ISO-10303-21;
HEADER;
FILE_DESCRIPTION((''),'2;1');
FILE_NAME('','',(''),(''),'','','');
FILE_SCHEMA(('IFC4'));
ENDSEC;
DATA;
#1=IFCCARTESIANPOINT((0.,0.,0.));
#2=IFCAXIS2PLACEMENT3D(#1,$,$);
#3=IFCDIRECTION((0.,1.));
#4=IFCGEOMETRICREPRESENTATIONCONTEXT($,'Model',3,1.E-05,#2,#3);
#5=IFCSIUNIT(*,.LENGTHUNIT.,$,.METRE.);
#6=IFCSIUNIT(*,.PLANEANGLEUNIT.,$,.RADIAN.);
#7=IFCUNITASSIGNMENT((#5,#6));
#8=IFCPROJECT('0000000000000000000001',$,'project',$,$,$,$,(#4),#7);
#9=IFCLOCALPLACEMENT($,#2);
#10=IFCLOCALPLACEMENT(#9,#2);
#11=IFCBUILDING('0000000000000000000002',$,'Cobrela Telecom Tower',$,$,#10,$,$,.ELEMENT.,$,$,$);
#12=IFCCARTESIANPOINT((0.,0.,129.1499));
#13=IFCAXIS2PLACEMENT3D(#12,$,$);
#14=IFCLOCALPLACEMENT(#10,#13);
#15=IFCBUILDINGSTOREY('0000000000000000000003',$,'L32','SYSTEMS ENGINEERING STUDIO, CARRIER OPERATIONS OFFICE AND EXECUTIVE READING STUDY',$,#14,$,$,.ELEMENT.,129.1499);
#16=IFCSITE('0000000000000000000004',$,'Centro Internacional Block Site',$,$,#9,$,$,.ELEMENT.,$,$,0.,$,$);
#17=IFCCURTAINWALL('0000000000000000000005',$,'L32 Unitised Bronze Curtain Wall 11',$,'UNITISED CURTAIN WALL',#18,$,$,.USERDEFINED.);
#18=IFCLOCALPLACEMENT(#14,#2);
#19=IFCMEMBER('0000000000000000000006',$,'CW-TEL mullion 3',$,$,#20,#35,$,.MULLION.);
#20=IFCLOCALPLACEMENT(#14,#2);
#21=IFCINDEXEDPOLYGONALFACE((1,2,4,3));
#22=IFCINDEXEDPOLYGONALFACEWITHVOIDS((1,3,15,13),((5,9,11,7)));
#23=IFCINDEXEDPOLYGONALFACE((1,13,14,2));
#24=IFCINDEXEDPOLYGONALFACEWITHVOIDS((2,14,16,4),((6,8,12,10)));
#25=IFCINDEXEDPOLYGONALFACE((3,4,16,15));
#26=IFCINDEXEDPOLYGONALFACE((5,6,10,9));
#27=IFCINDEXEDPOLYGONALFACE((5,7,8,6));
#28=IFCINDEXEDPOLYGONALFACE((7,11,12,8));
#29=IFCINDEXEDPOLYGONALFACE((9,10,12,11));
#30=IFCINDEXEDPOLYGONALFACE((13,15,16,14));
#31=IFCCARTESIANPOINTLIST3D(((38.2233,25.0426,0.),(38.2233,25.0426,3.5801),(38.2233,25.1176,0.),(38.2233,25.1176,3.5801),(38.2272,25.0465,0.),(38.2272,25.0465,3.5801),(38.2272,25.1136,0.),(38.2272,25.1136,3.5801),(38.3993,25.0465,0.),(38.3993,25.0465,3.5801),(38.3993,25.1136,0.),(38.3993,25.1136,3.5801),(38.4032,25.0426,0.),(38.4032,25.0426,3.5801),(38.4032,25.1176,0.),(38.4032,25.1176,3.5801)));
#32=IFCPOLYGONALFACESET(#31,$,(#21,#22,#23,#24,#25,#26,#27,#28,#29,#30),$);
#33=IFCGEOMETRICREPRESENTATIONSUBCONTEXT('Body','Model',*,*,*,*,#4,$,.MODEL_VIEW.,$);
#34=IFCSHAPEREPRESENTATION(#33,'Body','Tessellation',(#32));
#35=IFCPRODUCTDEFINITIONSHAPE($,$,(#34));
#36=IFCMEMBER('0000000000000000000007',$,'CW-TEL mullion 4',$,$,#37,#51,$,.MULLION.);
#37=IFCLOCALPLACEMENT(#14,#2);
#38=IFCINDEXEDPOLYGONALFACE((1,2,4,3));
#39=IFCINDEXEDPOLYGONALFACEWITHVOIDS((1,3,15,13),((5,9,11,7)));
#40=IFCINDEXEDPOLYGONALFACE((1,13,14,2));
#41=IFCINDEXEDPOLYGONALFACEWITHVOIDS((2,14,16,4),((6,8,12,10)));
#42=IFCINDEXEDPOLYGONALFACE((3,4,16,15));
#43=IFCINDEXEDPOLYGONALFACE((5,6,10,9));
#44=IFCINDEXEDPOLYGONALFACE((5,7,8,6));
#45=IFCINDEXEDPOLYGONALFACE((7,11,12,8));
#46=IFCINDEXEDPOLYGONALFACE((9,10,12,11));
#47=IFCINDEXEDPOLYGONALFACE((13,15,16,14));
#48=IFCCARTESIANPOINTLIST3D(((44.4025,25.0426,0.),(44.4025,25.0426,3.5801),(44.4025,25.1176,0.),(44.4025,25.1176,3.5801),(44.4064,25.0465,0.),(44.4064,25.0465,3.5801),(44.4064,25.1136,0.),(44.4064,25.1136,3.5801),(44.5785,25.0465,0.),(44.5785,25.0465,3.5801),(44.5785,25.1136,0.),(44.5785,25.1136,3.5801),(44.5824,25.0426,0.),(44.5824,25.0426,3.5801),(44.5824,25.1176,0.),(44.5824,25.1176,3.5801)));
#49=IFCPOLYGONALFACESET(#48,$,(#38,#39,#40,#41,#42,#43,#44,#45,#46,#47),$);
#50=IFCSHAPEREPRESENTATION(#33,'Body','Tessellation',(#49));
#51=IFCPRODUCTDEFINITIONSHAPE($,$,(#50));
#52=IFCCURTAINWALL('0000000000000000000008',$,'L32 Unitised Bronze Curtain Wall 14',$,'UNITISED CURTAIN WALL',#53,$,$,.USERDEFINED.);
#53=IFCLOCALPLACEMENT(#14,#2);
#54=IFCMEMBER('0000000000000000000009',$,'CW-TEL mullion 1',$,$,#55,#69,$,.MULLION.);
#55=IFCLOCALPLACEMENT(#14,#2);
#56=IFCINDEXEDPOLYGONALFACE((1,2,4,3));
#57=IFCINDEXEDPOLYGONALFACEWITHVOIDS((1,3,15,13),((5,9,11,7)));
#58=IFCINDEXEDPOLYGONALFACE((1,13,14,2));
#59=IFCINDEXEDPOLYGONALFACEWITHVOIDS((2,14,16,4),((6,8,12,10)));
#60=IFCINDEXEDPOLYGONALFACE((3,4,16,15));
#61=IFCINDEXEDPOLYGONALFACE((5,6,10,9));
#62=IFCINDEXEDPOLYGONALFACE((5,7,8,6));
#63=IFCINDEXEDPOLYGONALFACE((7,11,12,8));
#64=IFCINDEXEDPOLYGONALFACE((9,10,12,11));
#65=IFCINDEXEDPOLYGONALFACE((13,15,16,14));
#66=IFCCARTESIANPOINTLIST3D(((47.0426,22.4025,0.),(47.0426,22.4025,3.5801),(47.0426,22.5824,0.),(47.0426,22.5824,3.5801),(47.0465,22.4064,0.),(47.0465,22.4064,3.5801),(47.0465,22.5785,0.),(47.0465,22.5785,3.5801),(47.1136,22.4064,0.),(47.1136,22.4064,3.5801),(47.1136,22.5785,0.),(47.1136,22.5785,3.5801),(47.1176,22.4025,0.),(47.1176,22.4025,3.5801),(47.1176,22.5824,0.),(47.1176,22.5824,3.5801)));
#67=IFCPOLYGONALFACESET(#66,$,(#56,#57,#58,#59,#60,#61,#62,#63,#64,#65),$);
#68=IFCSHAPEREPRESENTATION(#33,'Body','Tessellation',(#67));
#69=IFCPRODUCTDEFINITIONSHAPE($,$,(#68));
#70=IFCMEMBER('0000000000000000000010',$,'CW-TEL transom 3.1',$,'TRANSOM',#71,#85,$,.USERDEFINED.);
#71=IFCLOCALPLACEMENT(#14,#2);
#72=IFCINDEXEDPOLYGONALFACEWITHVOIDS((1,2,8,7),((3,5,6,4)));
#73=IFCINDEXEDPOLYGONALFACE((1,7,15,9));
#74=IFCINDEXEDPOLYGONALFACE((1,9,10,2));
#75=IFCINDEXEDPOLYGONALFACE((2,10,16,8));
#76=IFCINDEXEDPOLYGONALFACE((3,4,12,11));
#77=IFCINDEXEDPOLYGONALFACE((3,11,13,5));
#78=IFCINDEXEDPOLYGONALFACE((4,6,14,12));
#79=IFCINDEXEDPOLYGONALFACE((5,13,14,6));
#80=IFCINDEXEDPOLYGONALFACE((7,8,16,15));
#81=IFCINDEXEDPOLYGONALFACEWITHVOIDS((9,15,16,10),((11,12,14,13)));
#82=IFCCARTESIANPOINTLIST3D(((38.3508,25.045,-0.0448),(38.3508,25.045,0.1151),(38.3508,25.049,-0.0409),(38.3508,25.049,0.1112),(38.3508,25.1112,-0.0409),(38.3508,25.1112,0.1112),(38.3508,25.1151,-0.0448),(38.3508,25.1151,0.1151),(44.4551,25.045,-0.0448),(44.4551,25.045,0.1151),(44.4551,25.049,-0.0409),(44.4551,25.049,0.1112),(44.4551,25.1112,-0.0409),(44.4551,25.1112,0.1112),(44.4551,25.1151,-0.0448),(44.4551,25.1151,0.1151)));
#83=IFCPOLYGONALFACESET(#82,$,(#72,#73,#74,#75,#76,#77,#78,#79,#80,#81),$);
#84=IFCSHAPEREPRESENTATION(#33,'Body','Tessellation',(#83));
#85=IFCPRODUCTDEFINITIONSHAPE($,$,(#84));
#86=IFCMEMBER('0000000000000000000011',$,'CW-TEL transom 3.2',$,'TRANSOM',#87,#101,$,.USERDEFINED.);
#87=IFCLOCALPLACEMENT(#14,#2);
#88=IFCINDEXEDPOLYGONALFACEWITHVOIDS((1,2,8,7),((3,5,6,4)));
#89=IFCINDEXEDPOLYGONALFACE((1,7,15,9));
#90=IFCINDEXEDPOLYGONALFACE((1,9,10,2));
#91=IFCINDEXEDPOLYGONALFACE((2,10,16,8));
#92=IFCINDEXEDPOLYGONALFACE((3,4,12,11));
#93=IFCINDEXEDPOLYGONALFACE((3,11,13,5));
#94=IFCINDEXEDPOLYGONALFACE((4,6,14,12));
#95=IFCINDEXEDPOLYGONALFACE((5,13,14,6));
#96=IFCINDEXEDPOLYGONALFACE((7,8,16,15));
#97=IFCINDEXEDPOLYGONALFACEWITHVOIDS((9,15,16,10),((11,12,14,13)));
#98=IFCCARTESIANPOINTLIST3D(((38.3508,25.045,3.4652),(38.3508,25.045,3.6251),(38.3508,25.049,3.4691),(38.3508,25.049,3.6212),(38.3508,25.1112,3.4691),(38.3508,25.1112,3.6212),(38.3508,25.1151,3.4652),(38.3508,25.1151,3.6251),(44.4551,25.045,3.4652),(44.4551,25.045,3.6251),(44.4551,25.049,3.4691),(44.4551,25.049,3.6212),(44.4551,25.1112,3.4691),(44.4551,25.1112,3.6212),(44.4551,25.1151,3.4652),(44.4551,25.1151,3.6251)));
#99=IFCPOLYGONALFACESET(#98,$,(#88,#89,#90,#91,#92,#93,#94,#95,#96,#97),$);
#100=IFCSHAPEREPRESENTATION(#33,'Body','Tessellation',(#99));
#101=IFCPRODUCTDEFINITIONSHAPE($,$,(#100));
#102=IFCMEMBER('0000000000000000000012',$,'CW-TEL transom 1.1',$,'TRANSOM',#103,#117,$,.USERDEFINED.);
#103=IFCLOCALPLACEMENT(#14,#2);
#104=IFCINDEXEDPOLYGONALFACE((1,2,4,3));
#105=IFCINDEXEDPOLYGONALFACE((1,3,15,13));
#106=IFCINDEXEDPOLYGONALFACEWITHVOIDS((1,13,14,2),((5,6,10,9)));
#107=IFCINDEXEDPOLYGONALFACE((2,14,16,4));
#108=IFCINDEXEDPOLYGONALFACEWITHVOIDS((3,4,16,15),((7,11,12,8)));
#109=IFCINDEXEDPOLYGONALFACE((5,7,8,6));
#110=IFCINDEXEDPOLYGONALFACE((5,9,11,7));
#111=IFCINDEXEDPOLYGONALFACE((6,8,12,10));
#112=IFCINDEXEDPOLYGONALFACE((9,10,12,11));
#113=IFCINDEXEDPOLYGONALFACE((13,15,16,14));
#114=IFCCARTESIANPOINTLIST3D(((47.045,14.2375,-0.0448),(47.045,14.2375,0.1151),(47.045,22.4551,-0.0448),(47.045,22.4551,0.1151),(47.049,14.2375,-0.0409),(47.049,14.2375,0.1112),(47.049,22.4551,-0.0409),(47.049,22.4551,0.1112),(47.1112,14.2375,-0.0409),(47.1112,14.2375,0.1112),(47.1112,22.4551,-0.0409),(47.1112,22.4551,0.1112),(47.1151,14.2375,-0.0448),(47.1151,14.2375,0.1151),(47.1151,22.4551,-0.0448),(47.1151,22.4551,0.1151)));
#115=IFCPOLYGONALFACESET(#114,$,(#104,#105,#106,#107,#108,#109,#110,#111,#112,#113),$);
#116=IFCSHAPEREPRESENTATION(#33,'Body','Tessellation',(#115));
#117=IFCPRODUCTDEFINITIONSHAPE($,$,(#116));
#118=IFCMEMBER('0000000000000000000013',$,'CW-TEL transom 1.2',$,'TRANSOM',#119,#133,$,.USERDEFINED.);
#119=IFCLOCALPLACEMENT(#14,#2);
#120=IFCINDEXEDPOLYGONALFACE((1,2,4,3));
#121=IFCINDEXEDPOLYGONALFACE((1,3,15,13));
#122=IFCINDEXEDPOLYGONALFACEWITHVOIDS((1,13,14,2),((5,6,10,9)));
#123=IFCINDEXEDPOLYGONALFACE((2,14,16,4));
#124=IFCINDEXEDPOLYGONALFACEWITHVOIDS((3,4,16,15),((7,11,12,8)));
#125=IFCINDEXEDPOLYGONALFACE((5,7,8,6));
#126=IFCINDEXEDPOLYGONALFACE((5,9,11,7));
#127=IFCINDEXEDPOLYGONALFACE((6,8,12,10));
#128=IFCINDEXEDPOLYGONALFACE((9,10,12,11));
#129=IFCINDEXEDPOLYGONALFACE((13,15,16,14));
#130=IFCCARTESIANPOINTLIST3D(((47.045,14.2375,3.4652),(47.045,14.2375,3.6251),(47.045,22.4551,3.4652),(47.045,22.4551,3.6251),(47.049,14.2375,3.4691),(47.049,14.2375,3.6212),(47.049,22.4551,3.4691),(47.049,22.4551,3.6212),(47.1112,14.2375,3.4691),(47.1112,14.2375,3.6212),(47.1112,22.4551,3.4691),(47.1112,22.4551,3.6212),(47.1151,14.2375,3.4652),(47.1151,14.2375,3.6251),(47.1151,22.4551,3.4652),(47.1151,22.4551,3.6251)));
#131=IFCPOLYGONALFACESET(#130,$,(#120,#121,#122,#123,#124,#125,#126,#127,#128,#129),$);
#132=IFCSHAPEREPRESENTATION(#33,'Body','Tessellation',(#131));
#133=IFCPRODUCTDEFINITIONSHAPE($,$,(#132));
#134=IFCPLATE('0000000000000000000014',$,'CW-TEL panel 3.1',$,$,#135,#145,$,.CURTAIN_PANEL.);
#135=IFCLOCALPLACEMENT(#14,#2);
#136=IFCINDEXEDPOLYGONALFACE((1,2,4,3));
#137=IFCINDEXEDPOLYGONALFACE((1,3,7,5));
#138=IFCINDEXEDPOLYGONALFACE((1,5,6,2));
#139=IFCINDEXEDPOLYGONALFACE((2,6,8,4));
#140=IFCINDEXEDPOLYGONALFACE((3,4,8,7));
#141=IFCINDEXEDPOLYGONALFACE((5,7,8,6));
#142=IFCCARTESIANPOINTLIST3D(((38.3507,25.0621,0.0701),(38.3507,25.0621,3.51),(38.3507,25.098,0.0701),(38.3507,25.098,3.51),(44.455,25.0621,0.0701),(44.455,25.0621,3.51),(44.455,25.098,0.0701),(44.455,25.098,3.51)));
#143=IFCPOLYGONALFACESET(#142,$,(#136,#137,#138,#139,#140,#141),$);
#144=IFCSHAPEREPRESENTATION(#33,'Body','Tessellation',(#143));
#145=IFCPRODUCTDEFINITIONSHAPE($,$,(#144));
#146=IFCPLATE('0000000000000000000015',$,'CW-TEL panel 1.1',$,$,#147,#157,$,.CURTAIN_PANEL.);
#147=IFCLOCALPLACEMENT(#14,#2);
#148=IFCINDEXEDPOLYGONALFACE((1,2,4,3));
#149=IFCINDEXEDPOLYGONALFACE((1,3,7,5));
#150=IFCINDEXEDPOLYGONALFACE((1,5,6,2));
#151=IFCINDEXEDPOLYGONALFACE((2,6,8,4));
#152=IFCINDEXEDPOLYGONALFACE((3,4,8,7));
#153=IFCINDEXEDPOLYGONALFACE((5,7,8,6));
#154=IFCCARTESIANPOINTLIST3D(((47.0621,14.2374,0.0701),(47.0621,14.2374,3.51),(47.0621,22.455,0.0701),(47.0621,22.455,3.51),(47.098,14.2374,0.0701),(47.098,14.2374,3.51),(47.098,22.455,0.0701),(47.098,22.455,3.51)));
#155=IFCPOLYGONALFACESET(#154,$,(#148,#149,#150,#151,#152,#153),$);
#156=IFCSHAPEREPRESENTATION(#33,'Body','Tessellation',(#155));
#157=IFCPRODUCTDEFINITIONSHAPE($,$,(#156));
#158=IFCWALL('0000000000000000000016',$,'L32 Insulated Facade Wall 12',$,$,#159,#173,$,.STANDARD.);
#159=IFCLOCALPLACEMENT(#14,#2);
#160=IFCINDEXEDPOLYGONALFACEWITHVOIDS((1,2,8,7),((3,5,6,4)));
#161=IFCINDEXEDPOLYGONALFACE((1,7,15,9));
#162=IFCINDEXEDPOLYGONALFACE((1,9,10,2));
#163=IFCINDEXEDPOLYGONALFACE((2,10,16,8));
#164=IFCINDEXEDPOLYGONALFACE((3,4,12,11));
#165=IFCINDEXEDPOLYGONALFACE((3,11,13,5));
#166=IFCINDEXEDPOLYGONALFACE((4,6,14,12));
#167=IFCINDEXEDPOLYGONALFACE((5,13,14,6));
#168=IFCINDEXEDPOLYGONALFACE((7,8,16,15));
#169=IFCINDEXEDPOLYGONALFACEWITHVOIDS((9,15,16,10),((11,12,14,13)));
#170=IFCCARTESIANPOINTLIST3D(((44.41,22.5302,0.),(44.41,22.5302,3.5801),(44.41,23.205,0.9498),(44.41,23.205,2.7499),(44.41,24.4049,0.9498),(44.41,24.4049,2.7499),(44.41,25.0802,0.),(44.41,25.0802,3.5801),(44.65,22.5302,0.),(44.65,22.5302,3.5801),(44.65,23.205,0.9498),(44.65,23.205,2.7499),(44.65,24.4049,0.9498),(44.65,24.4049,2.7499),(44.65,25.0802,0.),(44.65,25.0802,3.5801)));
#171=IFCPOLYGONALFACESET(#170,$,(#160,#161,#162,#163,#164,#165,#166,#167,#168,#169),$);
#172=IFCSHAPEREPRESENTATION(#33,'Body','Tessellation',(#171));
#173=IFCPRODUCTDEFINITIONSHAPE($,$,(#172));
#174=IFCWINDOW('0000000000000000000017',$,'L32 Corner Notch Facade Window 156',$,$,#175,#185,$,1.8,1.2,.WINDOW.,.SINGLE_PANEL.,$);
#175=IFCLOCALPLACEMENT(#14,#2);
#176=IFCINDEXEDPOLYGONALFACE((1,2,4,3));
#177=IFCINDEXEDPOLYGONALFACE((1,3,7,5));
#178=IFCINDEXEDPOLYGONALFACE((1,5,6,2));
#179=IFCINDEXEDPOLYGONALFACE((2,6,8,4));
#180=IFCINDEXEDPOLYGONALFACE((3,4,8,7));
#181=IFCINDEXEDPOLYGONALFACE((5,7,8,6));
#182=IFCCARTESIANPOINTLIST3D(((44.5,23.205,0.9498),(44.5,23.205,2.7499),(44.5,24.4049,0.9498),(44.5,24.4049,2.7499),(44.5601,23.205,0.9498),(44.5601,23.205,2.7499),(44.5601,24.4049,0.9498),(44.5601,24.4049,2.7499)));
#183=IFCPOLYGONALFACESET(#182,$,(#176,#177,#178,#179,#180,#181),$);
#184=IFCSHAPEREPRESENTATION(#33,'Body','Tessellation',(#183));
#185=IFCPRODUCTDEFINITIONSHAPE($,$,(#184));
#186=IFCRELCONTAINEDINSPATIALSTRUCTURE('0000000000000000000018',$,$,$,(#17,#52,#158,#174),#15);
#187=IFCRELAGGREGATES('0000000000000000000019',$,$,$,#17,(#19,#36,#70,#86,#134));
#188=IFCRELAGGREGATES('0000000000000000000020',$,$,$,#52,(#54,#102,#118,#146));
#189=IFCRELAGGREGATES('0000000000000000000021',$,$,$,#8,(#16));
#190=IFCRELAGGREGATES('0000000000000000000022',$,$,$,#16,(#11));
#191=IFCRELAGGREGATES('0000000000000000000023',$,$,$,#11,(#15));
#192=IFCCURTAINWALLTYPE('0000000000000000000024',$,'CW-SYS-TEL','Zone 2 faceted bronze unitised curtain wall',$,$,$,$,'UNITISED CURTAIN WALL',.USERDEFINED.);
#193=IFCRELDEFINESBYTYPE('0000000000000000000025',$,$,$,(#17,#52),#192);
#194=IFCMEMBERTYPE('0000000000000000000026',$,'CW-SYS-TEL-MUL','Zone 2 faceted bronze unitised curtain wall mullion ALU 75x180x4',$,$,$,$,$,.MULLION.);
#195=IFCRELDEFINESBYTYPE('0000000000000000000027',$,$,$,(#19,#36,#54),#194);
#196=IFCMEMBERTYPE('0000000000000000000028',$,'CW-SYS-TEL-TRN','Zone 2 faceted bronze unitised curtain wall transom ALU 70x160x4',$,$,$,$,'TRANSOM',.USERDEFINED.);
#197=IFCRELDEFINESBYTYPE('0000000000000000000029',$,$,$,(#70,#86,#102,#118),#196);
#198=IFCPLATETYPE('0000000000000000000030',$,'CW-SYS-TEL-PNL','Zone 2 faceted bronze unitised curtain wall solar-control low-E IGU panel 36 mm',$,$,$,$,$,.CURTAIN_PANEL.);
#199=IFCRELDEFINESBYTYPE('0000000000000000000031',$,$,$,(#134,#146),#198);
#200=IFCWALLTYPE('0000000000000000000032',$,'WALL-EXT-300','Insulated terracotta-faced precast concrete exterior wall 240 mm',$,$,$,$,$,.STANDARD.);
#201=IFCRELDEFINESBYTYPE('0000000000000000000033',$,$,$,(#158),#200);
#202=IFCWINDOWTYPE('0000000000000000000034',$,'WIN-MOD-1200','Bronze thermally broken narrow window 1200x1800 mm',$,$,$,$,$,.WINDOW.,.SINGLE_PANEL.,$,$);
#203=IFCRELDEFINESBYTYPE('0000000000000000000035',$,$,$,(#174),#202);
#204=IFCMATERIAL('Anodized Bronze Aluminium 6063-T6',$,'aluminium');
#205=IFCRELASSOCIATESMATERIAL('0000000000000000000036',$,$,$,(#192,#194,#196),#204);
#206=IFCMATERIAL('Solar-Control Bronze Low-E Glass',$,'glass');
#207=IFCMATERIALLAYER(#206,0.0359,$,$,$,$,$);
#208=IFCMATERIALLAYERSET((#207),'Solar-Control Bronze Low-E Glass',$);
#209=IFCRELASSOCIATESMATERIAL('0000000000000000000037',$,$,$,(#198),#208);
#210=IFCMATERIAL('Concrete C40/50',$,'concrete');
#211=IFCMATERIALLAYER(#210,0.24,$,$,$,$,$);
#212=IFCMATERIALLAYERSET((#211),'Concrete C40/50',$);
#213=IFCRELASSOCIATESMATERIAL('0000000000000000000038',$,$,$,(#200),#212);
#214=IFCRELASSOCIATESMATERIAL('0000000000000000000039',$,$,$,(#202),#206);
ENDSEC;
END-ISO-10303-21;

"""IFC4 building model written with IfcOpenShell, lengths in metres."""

from ifc_helpers import new_model, si_unit, direction, frame, frame_2d, origin, origin_2d, place, context, subcontext, project, spatial, rectangle, hollow_rectangle, extrude, material, layer, layer_set, material_profile, profile_set, type_object, element, fill, aggregate, save


model = new_model("IFC4")

# Units and contexts
model_context = context("Model", 3, precision=1e-05, world=origin(), true_north=direction((0.0, 1.0)))
body_context = subcontext(model_context, "Body", "Model", "MODEL_VIEW")
ifc_project = project(units=[si_unit("LENGTHUNIT", "METRE"), si_unit("PLANEANGLEUNIT", "RADIAN")], contexts=[model_context])

# Site, building, storey
site_placement = place(None, origin())
site = spatial("IfcSite", under=ifc_project, at=site_placement, Name="Centro Internacional Block Site", CompositionType="ELEMENT", RefElevation=0.0)
building_placement = place(site_placement, origin())
building = spatial("IfcBuilding", under=site, at=building_placement, Name="Cobrela Telecom Tower", CompositionType="ELEMENT")
storey_placement = place(building_placement, frame((0.0, 0.0, 129.1499)))
storey = spatial("IfcBuildingStorey", under=building, at=storey_placement, Name="L32", Description="SYSTEMS ENGINEERING STUDIO, CARRIER OPERATIONS OFFICE AND EXECUTIVE READING STUDY", CompositionType="ELEMENT", Elevation=129.1499)

# Curtain wall, members
ifc_material_1 = material(Name="Anodized Bronze Aluminium 6063-T6", Category="aluminium")
curtain_wall_type = type_object("IfcCurtainWallType", Name="CW-SYS-TEL", Description="Zone 2 faceted bronze unitised curtain wall", ElementType="UNITISED CURTAIN WALL", PredefinedType="USERDEFINED", material=ifc_material_1)
curtain_wall_1_placement = place(storey_placement, origin())
curtain_wall_1 = element("IfcCurtainWall", 1, at=curtain_wall_1_placement, inside=storey, type_object=curtain_wall_type, Name="L32 Unitised Bronze Curtain Wall 11", ObjectType="UNITISED CURTAIN WALL", PredefinedType="USERDEFINED")
ifc_material_profile_1 = material_profile(ifc_material_1, hollow_rectangle(XDim=0.075, YDim=0.1799, WallThickness=0.0039, at=origin_2d()), Name="ALU 75x180x4")
ifc_profile_set_1 = profile_set([ifc_material_profile_1], Name="Anodized Bronze Aluminium 6063-T6")
member_type_1 = type_object("IfcMemberType", Name="CW-SYS-TEL-MUL", Description="Zone 2 faceted bronze unitised curtain wall mullion ALU 75x180x4", PredefinedType="MULLION", material=ifc_profile_set_1)
member_1_placement = place(storey_placement, frame((38.3132, 25.0801, 0.0), z_axis=(0.0, 0.0, 1.0), x_axis=(0.0, 1.0, 0.0)))
member_1 = element("IfcMember", 2, at=member_1_placement, type_object=member_type_1, Name="CW-TEL mullion 3", PredefinedType="MULLION", context=body_context, shape_type="SweptSolid", body=[
    extrude(hollow_rectangle(XDim=0.075, YDim=0.1799, WallThickness=0.0039, at=origin_2d()), origin(), (0.0, 0.0, 1.0), 3.5801),
])
member_2_placement = place(storey_placement, frame((44.4924, 25.0801, 0.0), z_axis=(0.0, 0.0, 1.0), x_axis=(0.0, 1.0, 0.0)))
member_2 = element("IfcMember", 3, at=member_2_placement, type_object=member_type_1, Name="CW-TEL mullion 4", PredefinedType="MULLION", context=body_context, shape_type="SweptSolid", body=[
    extrude(hollow_rectangle(XDim=0.075, YDim=0.1799, WallThickness=0.0039, at=origin_2d()), origin(), (0.0, 0.0, 1.0), 3.5801),
])

# Curtain wall, member
curtain_wall_2_placement = place(storey_placement, origin())
curtain_wall_2 = element("IfcCurtainWall", 4, at=curtain_wall_2_placement, inside=storey, type_object=curtain_wall_type, Name="L32 Unitised Bronze Curtain Wall 14", ObjectType="UNITISED CURTAIN WALL", PredefinedType="USERDEFINED")
member_3_placement = place(storey_placement, frame((47.0801, 22.4924, 0.0), z_axis=(0.0, 0.0, 1.0), x_axis=(1.0, 0.0, 0.0)))
member_3 = element("IfcMember", 5, at=member_3_placement, type_object=member_type_1, Name="CW-TEL mullion 1", PredefinedType="MULLION", context=body_context, shape_type="SweptSolid", body=[
    extrude(hollow_rectangle(XDim=0.075, YDim=0.1799, WallThickness=0.0039, at=origin_2d()), origin(), (0.0, 0.0, 1.0), 3.5801),
])

# Members
ifc_material_profile_2 = material_profile(ifc_material_1, hollow_rectangle(XDim=0.0701, YDim=0.1599, WallThickness=0.0039, at=origin_2d()), Name="ALU 70x160x4")
ifc_profile_set_2 = profile_set([ifc_material_profile_2], Name="Anodized Bronze Aluminium 6063-T6")
member_type_2 = type_object("IfcMemberType", Name="CW-SYS-TEL-TRN", Description="Zone 2 faceted bronze unitised curtain wall transom ALU 70x160x4", ElementType="TRANSOM", PredefinedType="USERDEFINED", material=ifc_profile_set_2)
member_4_placement = place(storey_placement, frame((38.3508, 25.0801, 0.0352), z_axis=(1.0, 0.0, 0.0), x_axis=(0.0, 1.0, 0.0)))
member_4 = element("IfcMember", 6, at=member_4_placement, type_object=member_type_2, Name="CW-TEL transom 3.1", ObjectType="TRANSOM", PredefinedType="USERDEFINED", context=body_context, shape_type="SweptSolid", body=[
    extrude(hollow_rectangle(XDim=0.0701, YDim=0.1599, WallThickness=0.0039, at=origin_2d()), origin(), (0.0, 0.0, 1.0), 6.1042),
])
member_5_placement = place(storey_placement, frame((38.3508, 25.0801, 3.5452), z_axis=(1.0, 0.0, 0.0), x_axis=(0.0, 1.0, 0.0)))
member_5 = element("IfcMember", 7, at=member_5_placement, type_object=member_type_2, Name="CW-TEL transom 3.2", ObjectType="TRANSOM", PredefinedType="USERDEFINED", context=body_context, shape_type="SweptSolid", body=[
    extrude(hollow_rectangle(XDim=0.0701, YDim=0.1599, WallThickness=0.0039, at=origin_2d()), origin(), (0.0, 0.0, 1.0), 6.1042),
])
member_6_placement = place(storey_placement, frame((47.0801, 22.4551, 0.0352), z_axis=(0.0, -1.0, 0.0), x_axis=(1.0, 0.0, 0.0)))
member_6 = element("IfcMember", 8, at=member_6_placement, type_object=member_type_2, Name="CW-TEL transom 1.1", ObjectType="TRANSOM", PredefinedType="USERDEFINED", context=body_context, shape_type="SweptSolid", body=[
    extrude(hollow_rectangle(XDim=0.0701, YDim=0.1599, WallThickness=0.0039, at=origin_2d()), origin(), (0.0, 0.0, 1.0), 8.2175),
])
member_7_placement = place(storey_placement, frame((47.0801, 22.4551, 3.5452), z_axis=(0.0, -1.0, 0.0), x_axis=(1.0, 0.0, 0.0)))
member_7 = element("IfcMember", 9, at=member_7_placement, type_object=member_type_2, Name="CW-TEL transom 1.2", ObjectType="TRANSOM", PredefinedType="USERDEFINED", context=body_context, shape_type="SweptSolid", body=[
    extrude(hollow_rectangle(XDim=0.0701, YDim=0.1599, WallThickness=0.0039, at=origin_2d()), origin(), (0.0, 0.0, 1.0), 8.2175),
])

# Plates
ifc_material_2 = material(Name="Solar-Control Bronze Low-E Glass", Category="glass")
ifc_layer_1 = layer(ifc_material_2, 0.0359)
ifc_layer_set_1 = layer_set([ifc_layer_1], Name="Solar-Control Bronze Low-E Glass")
plate_type = type_object("IfcPlateType", Name="CW-SYS-TEL-PNL", Description="Zone 2 faceted bronze unitised curtain wall solar-control low-E IGU panel 36 mm", PredefinedType="CURTAIN_PANEL", material=ifc_layer_set_1)
plate_1_placement = place(storey_placement, frame((41.4028, 25.0801, 0.0701), z_axis=(0.0, 0.0, 1.0), x_axis=(1.0, 0.0, 0.0)))
plate_1 = element("IfcPlate", 10, at=plate_1_placement, type_object=plate_type, Name="CW-TEL panel 3.1", PredefinedType="CURTAIN_PANEL", context=body_context, shape_type="SweptSolid", body=[
    extrude(rectangle(XDim=6.1042, YDim=0.0359, at=origin_2d()), origin(), (0.0, 0.0, 1.0), 3.4399),
])
aggregate(curtain_wall_1, [member_1, member_2, member_4, member_5, plate_1])
plate_2_placement = place(storey_placement, frame((47.0801, 18.3462, 0.0701), z_axis=(0.0, 0.0, 1.0), x_axis=(0.0, -1.0, 0.0)))
plate_2 = element("IfcPlate", 11, at=plate_2_placement, type_object=plate_type, Name="CW-TEL panel 1.1", PredefinedType="CURTAIN_PANEL", context=body_context, shape_type="SweptSolid", body=[
    extrude(rectangle(XDim=8.2175, YDim=0.0359, at=origin_2d()), origin(), (0.0, 0.0, 1.0), 3.4399),
])
aggregate(curtain_wall_2, [member_3, member_6, member_7, plate_2])

# Wall, opening, window
ifc_material_3 = material(Name="Concrete C40/50", Category="concrete")
ifc_layer_2 = layer(ifc_material_3, 0.24)
ifc_layer_set_2 = layer_set([ifc_layer_2], Name="Concrete C40/50")
wall_type = type_object("IfcWallType", Name="WALL-EXT-300", Description="Insulated terracotta-faced precast concrete exterior wall 240 mm", PredefinedType="STANDARD", material=ifc_layer_set_2)
wall_1_placement = place(storey_placement, frame((44.53, 25.0801, 0.0), z_axis=(0.0, 0.0, 1.0), x_axis=(0.0, -1.0, 0.0)))
wall_1 = element("IfcWall", 12, at=wall_1_placement, inside=storey, type_object=wall_type, Name="L32 Insulated Facade Wall 12", PredefinedType="STANDARD", context=body_context, shape_type="SweptSolid", body=[
    extrude(rectangle(XDim=2.55, YDim=0.24, at=frame_2d((1.2749, 0.0))), origin(), (0.0, 0.0, 1.0), 3.5801),
])
opening_1_placement = place(wall_1_placement, frame((0.675, 0.0, 0.95)))
opening_1 = element("IfcOpeningElement", 13, at=opening_1_placement, cuts=wall_1, PredefinedType="OPENING", context=body_context, shape_type="SweptSolid", body=[
    extrude(rectangle(XDim=1.2, YDim=1.8, at=frame_2d((0.6001, 0.8999))), frame((0.0, 0.1318, 0.0), z_axis=(0.0, -1.0, 0.0), x_axis=(1.0, 0.0, 0.0)), (0.0, 0.0, 1.0), 0.2639),
])
window_type_1 = type_object("IfcWindowType", Name="WIN-MOD-1200", Description="Bronze thermally broken narrow window 1200x1800 mm", PartitioningType="SINGLE_PANEL", PredefinedType="WINDOW", material=ifc_material_2)
window_1_placement = place(opening_1_placement, origin())
window_1 = element("IfcWindow", 14, at=window_1_placement, inside=storey, type_object=window_type_1, Name="L32 Corner Notch Facade Window 156", OverallHeight=1.8, OverallWidth=1.2, PartitioningType="SINGLE_PANEL", PredefinedType="WINDOW", context=body_context, shape_type="SweptSolid", body=[
    extrude(rectangle(XDim=1.2, YDim=1.8, at=frame_2d((0.6001, 0.8999))), frame((0.0, 0.03, 0.0), z_axis=(0.0, -1.0, 0.0), x_axis=(1.0, 0.0, 0.0)), (0.0, 0.0, 1.0), 0.0601),
])
fill(opening_1, window_1)

save(model, "model.ifc")
